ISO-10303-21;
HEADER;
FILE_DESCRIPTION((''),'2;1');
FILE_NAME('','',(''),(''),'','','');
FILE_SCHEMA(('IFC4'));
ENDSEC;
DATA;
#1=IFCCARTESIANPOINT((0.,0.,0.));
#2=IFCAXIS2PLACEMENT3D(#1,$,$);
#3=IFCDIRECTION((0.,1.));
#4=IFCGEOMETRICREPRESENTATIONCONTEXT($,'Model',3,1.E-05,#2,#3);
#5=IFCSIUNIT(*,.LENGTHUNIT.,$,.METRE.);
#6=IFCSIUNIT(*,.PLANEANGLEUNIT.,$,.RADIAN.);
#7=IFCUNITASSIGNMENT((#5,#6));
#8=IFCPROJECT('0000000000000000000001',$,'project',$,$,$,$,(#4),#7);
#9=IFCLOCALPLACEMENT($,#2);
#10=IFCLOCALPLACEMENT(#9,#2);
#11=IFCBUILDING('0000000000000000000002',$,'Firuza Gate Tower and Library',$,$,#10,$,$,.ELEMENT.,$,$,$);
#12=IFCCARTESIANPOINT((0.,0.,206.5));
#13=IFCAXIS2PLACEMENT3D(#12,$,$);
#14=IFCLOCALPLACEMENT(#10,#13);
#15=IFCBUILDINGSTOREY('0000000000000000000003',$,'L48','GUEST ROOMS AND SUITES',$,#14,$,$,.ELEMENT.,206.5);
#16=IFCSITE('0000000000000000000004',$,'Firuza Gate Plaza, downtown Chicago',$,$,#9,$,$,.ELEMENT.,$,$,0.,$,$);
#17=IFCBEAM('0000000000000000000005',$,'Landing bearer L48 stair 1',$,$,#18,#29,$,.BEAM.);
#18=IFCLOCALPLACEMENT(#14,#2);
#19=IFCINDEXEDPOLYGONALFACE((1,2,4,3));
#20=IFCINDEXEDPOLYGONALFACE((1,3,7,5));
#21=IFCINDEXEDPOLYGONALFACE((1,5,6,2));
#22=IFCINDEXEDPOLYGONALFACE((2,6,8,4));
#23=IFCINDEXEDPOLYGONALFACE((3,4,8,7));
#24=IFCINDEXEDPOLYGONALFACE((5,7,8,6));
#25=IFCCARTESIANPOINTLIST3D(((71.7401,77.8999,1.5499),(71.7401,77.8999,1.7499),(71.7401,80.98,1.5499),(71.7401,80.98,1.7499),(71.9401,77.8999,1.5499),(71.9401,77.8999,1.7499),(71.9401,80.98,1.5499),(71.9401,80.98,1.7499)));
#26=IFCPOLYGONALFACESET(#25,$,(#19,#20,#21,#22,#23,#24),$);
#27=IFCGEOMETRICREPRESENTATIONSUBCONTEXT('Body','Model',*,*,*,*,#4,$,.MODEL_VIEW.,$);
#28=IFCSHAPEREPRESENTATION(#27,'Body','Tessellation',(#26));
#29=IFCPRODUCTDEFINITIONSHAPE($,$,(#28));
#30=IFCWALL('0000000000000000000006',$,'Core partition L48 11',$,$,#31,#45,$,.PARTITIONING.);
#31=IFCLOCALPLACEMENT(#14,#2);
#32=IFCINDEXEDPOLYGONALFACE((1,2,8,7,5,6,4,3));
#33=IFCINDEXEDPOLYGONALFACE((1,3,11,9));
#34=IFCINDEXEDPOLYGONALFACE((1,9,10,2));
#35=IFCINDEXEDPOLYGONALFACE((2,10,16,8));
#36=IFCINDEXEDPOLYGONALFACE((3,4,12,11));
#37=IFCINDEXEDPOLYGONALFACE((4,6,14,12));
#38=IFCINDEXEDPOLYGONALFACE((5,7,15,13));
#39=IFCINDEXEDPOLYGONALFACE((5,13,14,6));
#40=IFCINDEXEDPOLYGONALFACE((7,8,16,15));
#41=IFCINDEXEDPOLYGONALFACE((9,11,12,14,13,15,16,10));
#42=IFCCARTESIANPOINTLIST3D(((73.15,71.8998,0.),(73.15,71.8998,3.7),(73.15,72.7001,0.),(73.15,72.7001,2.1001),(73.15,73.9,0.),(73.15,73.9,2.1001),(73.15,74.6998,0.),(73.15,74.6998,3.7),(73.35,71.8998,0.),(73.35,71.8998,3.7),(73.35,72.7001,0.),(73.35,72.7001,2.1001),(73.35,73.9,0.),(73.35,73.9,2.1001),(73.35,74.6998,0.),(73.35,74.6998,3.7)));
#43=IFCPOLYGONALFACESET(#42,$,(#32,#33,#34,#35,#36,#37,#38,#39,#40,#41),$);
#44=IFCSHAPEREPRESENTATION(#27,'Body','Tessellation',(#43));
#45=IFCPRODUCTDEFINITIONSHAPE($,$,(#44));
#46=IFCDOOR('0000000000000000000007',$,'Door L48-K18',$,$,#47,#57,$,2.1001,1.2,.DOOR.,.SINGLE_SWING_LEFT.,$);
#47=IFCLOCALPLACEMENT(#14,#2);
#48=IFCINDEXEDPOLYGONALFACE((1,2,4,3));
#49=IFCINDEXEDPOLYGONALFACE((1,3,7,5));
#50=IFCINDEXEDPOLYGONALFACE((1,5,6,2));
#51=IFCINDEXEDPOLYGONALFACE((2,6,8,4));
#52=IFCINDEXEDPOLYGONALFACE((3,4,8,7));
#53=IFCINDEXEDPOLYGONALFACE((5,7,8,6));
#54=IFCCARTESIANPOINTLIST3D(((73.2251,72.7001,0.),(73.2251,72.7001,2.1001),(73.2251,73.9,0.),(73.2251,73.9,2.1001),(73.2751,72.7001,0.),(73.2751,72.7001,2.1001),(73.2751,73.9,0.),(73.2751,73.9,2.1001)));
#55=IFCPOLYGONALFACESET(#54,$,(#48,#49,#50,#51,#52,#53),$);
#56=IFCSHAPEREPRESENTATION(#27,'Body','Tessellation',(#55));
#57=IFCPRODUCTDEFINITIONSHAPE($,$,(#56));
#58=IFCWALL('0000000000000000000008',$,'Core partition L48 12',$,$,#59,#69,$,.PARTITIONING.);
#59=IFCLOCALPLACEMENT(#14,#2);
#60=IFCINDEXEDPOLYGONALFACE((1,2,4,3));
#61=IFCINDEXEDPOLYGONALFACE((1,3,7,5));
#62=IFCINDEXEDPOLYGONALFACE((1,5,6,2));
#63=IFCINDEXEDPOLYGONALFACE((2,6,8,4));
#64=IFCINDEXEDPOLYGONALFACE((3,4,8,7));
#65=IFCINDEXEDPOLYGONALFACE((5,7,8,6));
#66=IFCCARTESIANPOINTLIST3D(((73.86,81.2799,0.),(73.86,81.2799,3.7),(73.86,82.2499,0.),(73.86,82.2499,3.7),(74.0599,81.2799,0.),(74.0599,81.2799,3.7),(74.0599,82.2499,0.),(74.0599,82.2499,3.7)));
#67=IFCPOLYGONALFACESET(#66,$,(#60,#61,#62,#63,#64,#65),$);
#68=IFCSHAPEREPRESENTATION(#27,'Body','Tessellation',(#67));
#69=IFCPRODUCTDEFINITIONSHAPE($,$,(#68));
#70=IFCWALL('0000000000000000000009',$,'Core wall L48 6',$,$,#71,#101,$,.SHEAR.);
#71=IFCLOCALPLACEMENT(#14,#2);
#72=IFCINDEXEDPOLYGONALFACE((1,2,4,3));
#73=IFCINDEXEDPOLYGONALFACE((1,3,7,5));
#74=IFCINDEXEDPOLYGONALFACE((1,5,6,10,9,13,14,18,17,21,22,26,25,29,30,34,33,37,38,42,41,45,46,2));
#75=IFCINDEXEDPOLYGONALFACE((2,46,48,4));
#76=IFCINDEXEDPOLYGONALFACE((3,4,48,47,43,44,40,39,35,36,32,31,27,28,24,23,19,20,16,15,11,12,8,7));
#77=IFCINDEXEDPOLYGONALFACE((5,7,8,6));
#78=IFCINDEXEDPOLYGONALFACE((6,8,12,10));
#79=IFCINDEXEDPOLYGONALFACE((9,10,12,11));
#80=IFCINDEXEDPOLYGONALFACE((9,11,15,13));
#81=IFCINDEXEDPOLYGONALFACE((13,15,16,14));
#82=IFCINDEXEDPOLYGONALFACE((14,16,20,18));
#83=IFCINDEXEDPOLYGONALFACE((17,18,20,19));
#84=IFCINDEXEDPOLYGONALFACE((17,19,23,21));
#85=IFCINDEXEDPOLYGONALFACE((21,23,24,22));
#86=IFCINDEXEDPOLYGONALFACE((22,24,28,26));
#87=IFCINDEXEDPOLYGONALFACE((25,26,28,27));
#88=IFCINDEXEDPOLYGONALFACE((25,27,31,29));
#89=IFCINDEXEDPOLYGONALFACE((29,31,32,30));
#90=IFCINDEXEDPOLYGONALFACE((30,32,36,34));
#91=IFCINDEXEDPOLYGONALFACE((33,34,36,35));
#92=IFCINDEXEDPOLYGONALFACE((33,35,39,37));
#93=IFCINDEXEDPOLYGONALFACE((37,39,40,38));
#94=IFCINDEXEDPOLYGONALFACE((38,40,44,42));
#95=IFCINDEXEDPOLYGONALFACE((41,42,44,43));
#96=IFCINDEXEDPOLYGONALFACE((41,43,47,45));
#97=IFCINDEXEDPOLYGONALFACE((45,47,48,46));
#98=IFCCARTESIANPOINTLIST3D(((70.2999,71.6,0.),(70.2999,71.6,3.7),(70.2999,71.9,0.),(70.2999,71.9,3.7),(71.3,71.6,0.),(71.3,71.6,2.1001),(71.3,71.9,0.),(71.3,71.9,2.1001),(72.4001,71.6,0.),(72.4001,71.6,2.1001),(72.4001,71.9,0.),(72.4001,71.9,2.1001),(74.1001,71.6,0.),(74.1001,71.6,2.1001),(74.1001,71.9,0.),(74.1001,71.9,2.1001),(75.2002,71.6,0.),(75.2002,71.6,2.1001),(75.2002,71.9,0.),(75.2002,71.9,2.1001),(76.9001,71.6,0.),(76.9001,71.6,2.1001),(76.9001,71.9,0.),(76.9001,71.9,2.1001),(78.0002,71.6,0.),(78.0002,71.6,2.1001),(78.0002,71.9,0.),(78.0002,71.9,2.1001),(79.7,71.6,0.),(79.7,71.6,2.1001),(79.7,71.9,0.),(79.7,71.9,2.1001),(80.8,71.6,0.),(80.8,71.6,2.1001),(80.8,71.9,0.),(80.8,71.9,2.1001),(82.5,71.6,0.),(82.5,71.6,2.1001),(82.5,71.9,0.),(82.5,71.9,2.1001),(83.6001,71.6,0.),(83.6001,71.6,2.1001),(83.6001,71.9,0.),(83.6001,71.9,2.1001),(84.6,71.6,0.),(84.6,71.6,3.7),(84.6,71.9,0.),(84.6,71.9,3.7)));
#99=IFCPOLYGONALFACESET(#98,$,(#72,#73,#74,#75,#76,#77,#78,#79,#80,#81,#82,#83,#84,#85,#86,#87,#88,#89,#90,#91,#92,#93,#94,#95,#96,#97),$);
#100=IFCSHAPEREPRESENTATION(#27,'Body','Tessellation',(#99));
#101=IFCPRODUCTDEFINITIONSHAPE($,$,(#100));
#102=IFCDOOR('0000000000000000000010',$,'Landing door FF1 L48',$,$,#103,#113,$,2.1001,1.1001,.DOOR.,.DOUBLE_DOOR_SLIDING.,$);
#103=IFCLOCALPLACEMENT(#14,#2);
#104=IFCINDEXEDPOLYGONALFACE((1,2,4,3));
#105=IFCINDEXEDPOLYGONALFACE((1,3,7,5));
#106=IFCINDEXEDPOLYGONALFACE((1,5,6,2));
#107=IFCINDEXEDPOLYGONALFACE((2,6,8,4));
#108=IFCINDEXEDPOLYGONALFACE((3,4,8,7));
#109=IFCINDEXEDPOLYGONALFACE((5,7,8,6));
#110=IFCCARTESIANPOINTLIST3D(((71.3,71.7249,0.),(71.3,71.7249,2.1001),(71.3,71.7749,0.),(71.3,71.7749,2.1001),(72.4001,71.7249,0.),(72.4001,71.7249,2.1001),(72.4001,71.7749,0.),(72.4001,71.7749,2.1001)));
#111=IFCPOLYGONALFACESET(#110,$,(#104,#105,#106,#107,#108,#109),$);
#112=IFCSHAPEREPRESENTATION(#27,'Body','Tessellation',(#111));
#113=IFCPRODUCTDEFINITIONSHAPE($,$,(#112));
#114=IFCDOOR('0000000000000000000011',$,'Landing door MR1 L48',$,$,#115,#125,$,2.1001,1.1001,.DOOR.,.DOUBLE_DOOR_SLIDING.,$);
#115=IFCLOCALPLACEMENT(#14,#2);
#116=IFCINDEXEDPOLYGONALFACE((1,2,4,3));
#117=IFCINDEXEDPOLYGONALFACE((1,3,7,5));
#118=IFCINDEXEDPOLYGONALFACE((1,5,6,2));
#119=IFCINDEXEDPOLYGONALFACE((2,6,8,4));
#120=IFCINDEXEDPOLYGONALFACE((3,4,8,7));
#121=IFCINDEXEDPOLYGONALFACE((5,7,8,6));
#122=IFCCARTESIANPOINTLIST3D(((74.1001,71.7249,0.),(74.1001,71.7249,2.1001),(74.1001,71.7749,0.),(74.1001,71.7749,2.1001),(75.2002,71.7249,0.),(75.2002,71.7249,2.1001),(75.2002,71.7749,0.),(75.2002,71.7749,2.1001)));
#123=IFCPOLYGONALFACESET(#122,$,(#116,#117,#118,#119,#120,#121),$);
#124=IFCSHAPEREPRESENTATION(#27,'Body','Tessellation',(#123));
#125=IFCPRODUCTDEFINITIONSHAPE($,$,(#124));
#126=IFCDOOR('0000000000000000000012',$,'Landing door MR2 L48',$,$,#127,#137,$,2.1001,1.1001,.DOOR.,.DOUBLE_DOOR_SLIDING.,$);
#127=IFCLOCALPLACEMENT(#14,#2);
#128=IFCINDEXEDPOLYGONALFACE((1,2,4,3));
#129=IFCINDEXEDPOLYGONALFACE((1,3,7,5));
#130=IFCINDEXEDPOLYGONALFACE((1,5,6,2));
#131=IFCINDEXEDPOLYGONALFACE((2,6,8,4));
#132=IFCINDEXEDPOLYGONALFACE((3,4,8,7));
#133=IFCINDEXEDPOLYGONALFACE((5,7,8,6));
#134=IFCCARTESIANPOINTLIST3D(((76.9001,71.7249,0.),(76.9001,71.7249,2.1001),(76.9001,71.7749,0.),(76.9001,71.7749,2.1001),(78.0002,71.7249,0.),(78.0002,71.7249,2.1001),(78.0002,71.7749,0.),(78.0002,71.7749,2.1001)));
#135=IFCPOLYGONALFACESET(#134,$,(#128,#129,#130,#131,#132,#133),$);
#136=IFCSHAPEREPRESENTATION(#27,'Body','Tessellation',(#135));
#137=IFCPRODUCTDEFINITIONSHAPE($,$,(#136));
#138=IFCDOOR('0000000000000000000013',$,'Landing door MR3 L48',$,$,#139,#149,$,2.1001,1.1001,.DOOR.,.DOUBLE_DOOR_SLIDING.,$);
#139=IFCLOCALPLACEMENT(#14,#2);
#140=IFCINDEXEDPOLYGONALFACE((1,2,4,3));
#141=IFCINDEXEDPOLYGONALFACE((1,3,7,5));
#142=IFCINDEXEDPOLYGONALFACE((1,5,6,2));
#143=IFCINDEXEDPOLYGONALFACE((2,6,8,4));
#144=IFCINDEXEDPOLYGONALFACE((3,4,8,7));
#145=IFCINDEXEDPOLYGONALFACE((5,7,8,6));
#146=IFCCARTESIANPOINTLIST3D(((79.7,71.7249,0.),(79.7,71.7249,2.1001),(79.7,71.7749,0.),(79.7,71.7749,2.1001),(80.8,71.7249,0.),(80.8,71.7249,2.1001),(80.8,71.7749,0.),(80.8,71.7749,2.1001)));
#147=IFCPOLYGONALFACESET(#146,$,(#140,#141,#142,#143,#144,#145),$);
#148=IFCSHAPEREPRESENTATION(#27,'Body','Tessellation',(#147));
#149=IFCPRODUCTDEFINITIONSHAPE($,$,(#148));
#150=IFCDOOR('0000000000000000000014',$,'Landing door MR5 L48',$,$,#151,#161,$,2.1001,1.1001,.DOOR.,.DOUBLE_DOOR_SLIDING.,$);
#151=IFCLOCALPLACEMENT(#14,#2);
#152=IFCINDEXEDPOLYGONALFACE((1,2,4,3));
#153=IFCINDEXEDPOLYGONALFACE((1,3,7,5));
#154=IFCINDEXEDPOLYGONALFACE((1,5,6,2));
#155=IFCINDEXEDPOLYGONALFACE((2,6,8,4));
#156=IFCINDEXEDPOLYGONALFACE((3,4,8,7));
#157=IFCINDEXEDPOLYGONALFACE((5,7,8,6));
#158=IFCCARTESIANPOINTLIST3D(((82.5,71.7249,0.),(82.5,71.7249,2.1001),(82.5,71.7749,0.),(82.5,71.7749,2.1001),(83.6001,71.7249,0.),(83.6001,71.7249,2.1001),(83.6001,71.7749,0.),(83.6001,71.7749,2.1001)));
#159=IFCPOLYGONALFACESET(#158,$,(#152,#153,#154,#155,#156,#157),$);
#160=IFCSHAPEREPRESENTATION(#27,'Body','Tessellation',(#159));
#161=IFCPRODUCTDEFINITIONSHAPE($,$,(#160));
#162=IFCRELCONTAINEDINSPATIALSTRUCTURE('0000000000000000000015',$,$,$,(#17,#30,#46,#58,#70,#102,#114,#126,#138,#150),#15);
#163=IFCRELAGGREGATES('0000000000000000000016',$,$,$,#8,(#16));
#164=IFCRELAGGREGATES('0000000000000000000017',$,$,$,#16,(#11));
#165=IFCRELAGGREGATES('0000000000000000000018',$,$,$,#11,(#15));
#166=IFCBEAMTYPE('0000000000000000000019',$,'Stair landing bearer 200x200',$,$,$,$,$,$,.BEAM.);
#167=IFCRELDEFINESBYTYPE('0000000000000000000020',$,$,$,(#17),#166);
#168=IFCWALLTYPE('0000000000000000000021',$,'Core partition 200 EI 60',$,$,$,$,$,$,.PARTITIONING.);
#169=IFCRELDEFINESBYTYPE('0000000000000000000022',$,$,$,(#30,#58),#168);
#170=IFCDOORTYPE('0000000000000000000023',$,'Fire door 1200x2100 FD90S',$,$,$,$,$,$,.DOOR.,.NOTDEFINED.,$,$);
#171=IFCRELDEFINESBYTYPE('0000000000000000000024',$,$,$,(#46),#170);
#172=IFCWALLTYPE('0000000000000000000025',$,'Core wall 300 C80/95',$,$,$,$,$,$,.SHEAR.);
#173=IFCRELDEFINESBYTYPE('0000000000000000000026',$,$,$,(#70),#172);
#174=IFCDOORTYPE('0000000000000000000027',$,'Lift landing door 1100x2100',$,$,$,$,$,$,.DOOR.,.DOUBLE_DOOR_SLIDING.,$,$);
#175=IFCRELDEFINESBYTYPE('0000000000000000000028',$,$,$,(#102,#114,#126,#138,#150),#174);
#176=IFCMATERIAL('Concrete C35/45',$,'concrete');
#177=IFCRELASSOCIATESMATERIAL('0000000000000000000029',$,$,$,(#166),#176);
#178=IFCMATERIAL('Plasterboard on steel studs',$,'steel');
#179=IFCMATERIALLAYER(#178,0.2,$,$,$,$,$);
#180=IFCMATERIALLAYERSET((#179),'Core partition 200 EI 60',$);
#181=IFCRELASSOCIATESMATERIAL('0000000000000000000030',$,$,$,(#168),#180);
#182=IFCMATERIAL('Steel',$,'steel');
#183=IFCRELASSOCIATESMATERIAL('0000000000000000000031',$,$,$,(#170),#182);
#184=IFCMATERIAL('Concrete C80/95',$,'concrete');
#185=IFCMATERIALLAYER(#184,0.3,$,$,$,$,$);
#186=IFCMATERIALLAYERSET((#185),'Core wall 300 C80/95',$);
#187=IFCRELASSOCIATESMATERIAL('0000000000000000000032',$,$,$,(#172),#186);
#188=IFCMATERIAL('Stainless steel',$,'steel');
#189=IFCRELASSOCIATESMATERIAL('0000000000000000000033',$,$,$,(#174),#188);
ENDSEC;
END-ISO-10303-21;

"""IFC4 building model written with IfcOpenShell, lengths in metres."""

from ifc_helpers import new_model, si_unit, direction, frame, frame_2d, origin, origin_2d, place, context, subcontext, project, spatial, rectangle, extrude, material, layer, layer_set, material_profile, profile_set, type_object, element, fill, save


model = new_model("IFC4")

# Units and contexts
model_context = context("Model", 3, precision=1e-05, world=origin(), true_north=direction((0.0, 1.0)))
body_context = subcontext(model_context, "Body", "Model", "MODEL_VIEW")
ifc_project = project(units=[si_unit("LENGTHUNIT", "METRE"), si_unit("PLANEANGLEUNIT", "RADIAN")], contexts=[model_context])

# Site, building, storey
site_placement = place(None, origin())
site = spatial("IfcSite", under=ifc_project, at=site_placement, Name="Firuza Gate Plaza, downtown Chicago", CompositionType="ELEMENT", RefElevation=0.0)
building_placement = place(site_placement, origin())
building = spatial("IfcBuilding", under=site, at=building_placement, Name="Firuza Gate Tower and Library", CompositionType="ELEMENT")
storey_placement = place(building_placement, frame((0.0, 0.0, 206.5)))
storey = spatial("IfcBuildingStorey", under=building, at=storey_placement, Name="L48", Description="GUEST ROOMS AND SUITES", CompositionType="ELEMENT", Elevation=206.5)

# Beam
ifc_material_1 = material(Name="Concrete C35/45", Category="concrete")
ifc_material_profile = material_profile(ifc_material_1, rectangle(XDim=0.2, YDim=0.2, at=origin_2d()))
ifc_profile_set = profile_set([ifc_material_profile], Name="Concrete C35/45")
beam_type = type_object("IfcBeamType", Name="Stair landing bearer 200x200", PredefinedType="BEAM", material=ifc_profile_set)
beam_placement = place(storey_placement, frame((71.8401, 77.8999, 1.6499), z_axis=(0.0, 1.0, 0.0), x_axis=(-1.0, 0.0, 0.0)))
element("IfcBeam", 1, at=beam_placement, inside=storey, type_object=beam_type, Name="Landing bearer L48 stair 1", PredefinedType="BEAM", context=body_context, shape_type="SweptSolid", body=[
    extrude(rectangle(XDim=0.2, YDim=0.2, at=origin_2d()), origin(), (0.0, 0.0, 1.0), 3.0801),
])

# Wall, opening, door
ifc_material_2 = material(Name="Plasterboard on steel studs", Category="steel")
ifc_layer_1 = layer(ifc_material_2, 0.2)
ifc_layer_set_1 = layer_set([ifc_layer_1], Name="Core partition 200 EI 60")
wall_type_1 = type_object("IfcWallType", Name="Core partition 200 EI 60", PredefinedType="PARTITIONING", material=ifc_layer_set_1)
wall_1_placement = place(storey_placement, frame((73.25, 71.8999, 0.0), z_axis=(0.0, 0.0, 1.0), x_axis=(0.0, 1.0, 0.0)))
wall_1 = element("IfcWall", 2, at=wall_1_placement, inside=storey, type_object=wall_type_1, Name="Core partition L48 11", PredefinedType="PARTITIONING", context=body_context, shape_type="SweptSolid", body=[
    extrude(rectangle(XDim=2.8, YDim=0.2, at=frame_2d((1.3999, 0.0))), origin(), (0.0, 0.0, 1.0), 3.7),
])
opening_1_placement = place(wall_1_placement, frame((0.8, 0.0, 0.0)))
opening_1 = element("IfcOpeningElement", 3, at=opening_1_placement, cuts=wall_1, PredefinedType="OPENING", context=body_context, shape_type="SweptSolid", body=[
    extrude(rectangle(XDim=1.2, YDim=2.1001, at=frame_2d((0.6001, 1.05))), frame((0.0, 0.1099, 0.0), z_axis=(0.0, -1.0, 0.0), x_axis=(1.0, 0.0, 0.0)), (0.0, 0.0, 1.0), 0.22),
])
ifc_material_3 = material(Name="Steel", Category="steel")
door_type_1 = type_object("IfcDoorType", Name="Fire door 1200x2100 FD90S", OperationType="NOTDEFINED", PredefinedType="DOOR", material=ifc_material_3)
door_1_placement = place(opening_1_placement, origin())
door_1 = element("IfcDoor", 4, at=door_1_placement, inside=storey, type_object=door_type_1, Name="Door L48-K18", OperationType="SINGLE_SWING_LEFT", OverallHeight=2.1001, OverallWidth=1.2, PredefinedType="DOOR", context=body_context, shape_type="SweptSolid", body=[
    extrude(rectangle(XDim=1.2, YDim=2.1001, at=frame_2d((0.6001, 1.05))), frame((0.0, 0.0249, 0.0), z_axis=(0.0, -1.0, 0.0), x_axis=(1.0, 0.0, 0.0)), (0.0, 0.0, 1.0), 0.05),
])
fill(opening_1, door_1)

# Wall
wall_2_placement = place(storey_placement, frame((73.96, 81.28, 0.0), z_axis=(0.0, 0.0, 1.0), x_axis=(0.0, 1.0, 0.0)))
element("IfcWall", 5, at=wall_2_placement, inside=storey, type_object=wall_type_1, Name="Core partition L48 12", PredefinedType="PARTITIONING", context=body_context, shape_type="SweptSolid", body=[
    extrude(rectangle(XDim=0.97, YDim=0.2, at=frame_2d((0.4849, 0.0))), origin(), (0.0, 0.0, 1.0), 3.7),
])

# Wall, openings, doors
ifc_material_4 = material(Name="Concrete C80/95", Category="concrete")
ifc_layer_2 = layer(ifc_material_4, 0.3)
ifc_layer_set_2 = layer_set([ifc_layer_2], Name="Core wall 300 C80/95")
wall_type_2 = type_object("IfcWallType", Name="Core wall 300 C80/95", PredefinedType="SHEAR", material=ifc_layer_set_2)
wall_3_placement = place(storey_placement, frame((70.3, 71.75, 0.0), z_axis=(0.0, 0.0, 1.0), x_axis=(1.0, 0.0, 0.0)))
wall_3 = element("IfcWall", 6, at=wall_3_placement, inside=storey, type_object=wall_type_2, Name="Core wall L48 6", PredefinedType="SHEAR", context=body_context, shape_type="SweptSolid", body=[
    extrude(rectangle(XDim=14.3, YDim=0.3, at=frame_2d((7.1499, 0.0))), origin(), (0.0, 0.0, 1.0), 3.7),
])
opening_2_placement = place(wall_3_placement, frame((1.0, 0.0, 0.0)))
opening_2 = element("IfcOpeningElement", 7, at=opening_2_placement, cuts=wall_3, PredefinedType="OPENING", context=body_context, shape_type="SweptSolid", body=[
    extrude(rectangle(XDim=1.1001, YDim=2.1001, at=frame_2d((0.55, 1.05))), frame((0.0, 0.1602, 0.0), z_axis=(0.0, -1.0, 0.0), x_axis=(1.0, 0.0, 0.0)), (0.0, 0.0, 1.0), 0.3201),
])
opening_3_placement = place(wall_3_placement, frame((3.8, 0.0, 0.0)))
opening_3 = element("IfcOpeningElement", 8, at=opening_3_placement, cuts=wall_3, PredefinedType="OPENING", context=body_context, shape_type="SweptSolid", body=[
    extrude(rectangle(XDim=1.1001, YDim=2.1001, at=frame_2d((0.55, 1.05))), frame((0.0, 0.1602, 0.0), z_axis=(0.0, -1.0, 0.0), x_axis=(1.0, 0.0, 0.0)), (0.0, 0.0, 1.0), 0.3201),
])
opening_4_placement = place(wall_3_placement, frame((6.6001, 0.0, 0.0)))
opening_4 = element("IfcOpeningElement", 9, at=opening_4_placement, cuts=wall_3, PredefinedType="OPENING", context=body_context, shape_type="SweptSolid", body=[
    extrude(rectangle(XDim=1.1001, YDim=2.1001, at=frame_2d((0.55, 1.05))), frame((0.0, 0.1602, 0.0), z_axis=(0.0, -1.0, 0.0), x_axis=(1.0, 0.0, 0.0)), (0.0, 0.0, 1.0), 0.3201),
])
opening_5_placement = place(wall_3_placement, frame((9.3999, 0.0, 0.0)))
opening_5 = element("IfcOpeningElement", 10, at=opening_5_placement, cuts=wall_3, PredefinedType="OPENING", context=body_context, shape_type="SweptSolid", body=[
    extrude(rectangle(XDim=1.1001, YDim=2.1001, at=frame_2d((0.55, 1.05))), frame((0.0, 0.1602, 0.0), z_axis=(0.0, -1.0, 0.0), x_axis=(1.0, 0.0, 0.0)), (0.0, 0.0, 1.0), 0.3201),
])
opening_6_placement = place(wall_3_placement, frame((12.2, 0.0, 0.0)))
opening_6 = element("IfcOpeningElement", 11, at=opening_6_placement, cuts=wall_3, PredefinedType="OPENING", context=body_context, shape_type="SweptSolid", body=[
    extrude(rectangle(XDim=1.1001, YDim=2.1001, at=frame_2d((0.55, 1.05))), frame((0.0, 0.1602, 0.0), z_axis=(0.0, -1.0, 0.0), x_axis=(1.0, 0.0, 0.0)), (0.0, 0.0, 1.0), 0.3201),
])
ifc_material_5 = material(Name="Stainless steel", Category="steel")
door_type_2 = type_object("IfcDoorType", Name="Lift landing door 1100x2100", OperationType="DOUBLE_DOOR_SLIDING", PredefinedType="DOOR", material=ifc_material_5)
door_2_placement = place(opening_2_placement, origin())
door_2 = element("IfcDoor", 12, at=door_2_placement, inside=storey, type_object=door_type_2, Name="Landing door FF1 L48", OperationType="DOUBLE_DOOR_SLIDING", OverallHeight=2.1001, OverallWidth=1.1001, PredefinedType="DOOR", context=body_context, shape_type="SweptSolid", body=[
    extrude(rectangle(XDim=1.1001, YDim=2.1001, at=frame_2d((0.55, 1.05))), frame((0.0, 0.0249, 0.0), z_axis=(0.0, -1.0, 0.0), x_axis=(1.0, 0.0, 0.0)), (0.0, 0.0, 1.0), 0.05),
])
fill(opening_2, door_2)
door_3_placement = place(opening_3_placement, origin())
door_3 = element("IfcDoor", 13, at=door_3_placement, inside=storey, type_object=door_type_2, Name="Landing door MR1 L48", OperationType="DOUBLE_DOOR_SLIDING", OverallHeight=2.1001, OverallWidth=1.1001, PredefinedType="DOOR", context=body_context, shape_type="SweptSolid", body=[
    extrude(rectangle(XDim=1.1001, YDim=2.1001, at=frame_2d((0.55, 1.05))), frame((0.0, 0.0249, 0.0), z_axis=(0.0, -1.0, 0.0), x_axis=(1.0, 0.0, 0.0)), (0.0, 0.0, 1.0), 0.05),
])
fill(opening_3, door_3)
door_4_placement = place(opening_4_placement, origin())
door_4 = element("IfcDoor", 14, at=door_4_placement, inside=storey, type_object=door_type_2, Name="Landing door MR2 L48", OperationType="DOUBLE_DOOR_SLIDING", OverallHeight=2.1001, OverallWidth=1.1001, PredefinedType="DOOR", context=body_context, shape_type="SweptSolid", body=[
    extrude(rectangle(XDim=1.1001, YDim=2.1001, at=frame_2d((0.55, 1.05))), frame((0.0, 0.0249, 0.0), z_axis=(0.0, -1.0, 0.0), x_axis=(1.0, 0.0, 0.0)), (0.0, 0.0, 1.0), 0.05),
])
fill(opening_4, door_4)
door_5_placement = place(opening_5_placement, origin())
door_5 = element("IfcDoor", 15, at=door_5_placement, inside=storey, type_object=door_type_2, Name="Landing door MR3 L48", OperationType="DOUBLE_DOOR_SLIDING", OverallHeight=2.1001, OverallWidth=1.1001, PredefinedType="DOOR", context=body_context, shape_type="SweptSolid", body=[
    extrude(rectangle(XDim=1.1001, YDim=2.1001, at=frame_2d((0.55, 1.05))), frame((0.0, 0.0249, 0.0), z_axis=(0.0, -1.0, 0.0), x_axis=(1.0, 0.0, 0.0)), (0.0, 0.0, 1.0), 0.05),
])
fill(opening_5, door_5)
door_6_placement = place(opening_6_placement, origin())
door_6 = element("IfcDoor", 16, at=door_6_placement, inside=storey, type_object=door_type_2, Name="Landing door MR5 L48", OperationType="DOUBLE_DOOR_SLIDING", OverallHeight=2.1001, OverallWidth=1.1001, PredefinedType="DOOR", context=body_context, shape_type="SweptSolid", body=[
    extrude(rectangle(XDim=1.1001, YDim=2.1001, at=frame_2d((0.55, 1.05))), frame((0.0, 0.0249, 0.0), z_axis=(0.0, -1.0, 0.0), x_axis=(1.0, 0.0, 0.0)), (0.0, 0.0, 1.0), 0.05),
])
fill(opening_6, door_6)

save(model, "model.ifc")
